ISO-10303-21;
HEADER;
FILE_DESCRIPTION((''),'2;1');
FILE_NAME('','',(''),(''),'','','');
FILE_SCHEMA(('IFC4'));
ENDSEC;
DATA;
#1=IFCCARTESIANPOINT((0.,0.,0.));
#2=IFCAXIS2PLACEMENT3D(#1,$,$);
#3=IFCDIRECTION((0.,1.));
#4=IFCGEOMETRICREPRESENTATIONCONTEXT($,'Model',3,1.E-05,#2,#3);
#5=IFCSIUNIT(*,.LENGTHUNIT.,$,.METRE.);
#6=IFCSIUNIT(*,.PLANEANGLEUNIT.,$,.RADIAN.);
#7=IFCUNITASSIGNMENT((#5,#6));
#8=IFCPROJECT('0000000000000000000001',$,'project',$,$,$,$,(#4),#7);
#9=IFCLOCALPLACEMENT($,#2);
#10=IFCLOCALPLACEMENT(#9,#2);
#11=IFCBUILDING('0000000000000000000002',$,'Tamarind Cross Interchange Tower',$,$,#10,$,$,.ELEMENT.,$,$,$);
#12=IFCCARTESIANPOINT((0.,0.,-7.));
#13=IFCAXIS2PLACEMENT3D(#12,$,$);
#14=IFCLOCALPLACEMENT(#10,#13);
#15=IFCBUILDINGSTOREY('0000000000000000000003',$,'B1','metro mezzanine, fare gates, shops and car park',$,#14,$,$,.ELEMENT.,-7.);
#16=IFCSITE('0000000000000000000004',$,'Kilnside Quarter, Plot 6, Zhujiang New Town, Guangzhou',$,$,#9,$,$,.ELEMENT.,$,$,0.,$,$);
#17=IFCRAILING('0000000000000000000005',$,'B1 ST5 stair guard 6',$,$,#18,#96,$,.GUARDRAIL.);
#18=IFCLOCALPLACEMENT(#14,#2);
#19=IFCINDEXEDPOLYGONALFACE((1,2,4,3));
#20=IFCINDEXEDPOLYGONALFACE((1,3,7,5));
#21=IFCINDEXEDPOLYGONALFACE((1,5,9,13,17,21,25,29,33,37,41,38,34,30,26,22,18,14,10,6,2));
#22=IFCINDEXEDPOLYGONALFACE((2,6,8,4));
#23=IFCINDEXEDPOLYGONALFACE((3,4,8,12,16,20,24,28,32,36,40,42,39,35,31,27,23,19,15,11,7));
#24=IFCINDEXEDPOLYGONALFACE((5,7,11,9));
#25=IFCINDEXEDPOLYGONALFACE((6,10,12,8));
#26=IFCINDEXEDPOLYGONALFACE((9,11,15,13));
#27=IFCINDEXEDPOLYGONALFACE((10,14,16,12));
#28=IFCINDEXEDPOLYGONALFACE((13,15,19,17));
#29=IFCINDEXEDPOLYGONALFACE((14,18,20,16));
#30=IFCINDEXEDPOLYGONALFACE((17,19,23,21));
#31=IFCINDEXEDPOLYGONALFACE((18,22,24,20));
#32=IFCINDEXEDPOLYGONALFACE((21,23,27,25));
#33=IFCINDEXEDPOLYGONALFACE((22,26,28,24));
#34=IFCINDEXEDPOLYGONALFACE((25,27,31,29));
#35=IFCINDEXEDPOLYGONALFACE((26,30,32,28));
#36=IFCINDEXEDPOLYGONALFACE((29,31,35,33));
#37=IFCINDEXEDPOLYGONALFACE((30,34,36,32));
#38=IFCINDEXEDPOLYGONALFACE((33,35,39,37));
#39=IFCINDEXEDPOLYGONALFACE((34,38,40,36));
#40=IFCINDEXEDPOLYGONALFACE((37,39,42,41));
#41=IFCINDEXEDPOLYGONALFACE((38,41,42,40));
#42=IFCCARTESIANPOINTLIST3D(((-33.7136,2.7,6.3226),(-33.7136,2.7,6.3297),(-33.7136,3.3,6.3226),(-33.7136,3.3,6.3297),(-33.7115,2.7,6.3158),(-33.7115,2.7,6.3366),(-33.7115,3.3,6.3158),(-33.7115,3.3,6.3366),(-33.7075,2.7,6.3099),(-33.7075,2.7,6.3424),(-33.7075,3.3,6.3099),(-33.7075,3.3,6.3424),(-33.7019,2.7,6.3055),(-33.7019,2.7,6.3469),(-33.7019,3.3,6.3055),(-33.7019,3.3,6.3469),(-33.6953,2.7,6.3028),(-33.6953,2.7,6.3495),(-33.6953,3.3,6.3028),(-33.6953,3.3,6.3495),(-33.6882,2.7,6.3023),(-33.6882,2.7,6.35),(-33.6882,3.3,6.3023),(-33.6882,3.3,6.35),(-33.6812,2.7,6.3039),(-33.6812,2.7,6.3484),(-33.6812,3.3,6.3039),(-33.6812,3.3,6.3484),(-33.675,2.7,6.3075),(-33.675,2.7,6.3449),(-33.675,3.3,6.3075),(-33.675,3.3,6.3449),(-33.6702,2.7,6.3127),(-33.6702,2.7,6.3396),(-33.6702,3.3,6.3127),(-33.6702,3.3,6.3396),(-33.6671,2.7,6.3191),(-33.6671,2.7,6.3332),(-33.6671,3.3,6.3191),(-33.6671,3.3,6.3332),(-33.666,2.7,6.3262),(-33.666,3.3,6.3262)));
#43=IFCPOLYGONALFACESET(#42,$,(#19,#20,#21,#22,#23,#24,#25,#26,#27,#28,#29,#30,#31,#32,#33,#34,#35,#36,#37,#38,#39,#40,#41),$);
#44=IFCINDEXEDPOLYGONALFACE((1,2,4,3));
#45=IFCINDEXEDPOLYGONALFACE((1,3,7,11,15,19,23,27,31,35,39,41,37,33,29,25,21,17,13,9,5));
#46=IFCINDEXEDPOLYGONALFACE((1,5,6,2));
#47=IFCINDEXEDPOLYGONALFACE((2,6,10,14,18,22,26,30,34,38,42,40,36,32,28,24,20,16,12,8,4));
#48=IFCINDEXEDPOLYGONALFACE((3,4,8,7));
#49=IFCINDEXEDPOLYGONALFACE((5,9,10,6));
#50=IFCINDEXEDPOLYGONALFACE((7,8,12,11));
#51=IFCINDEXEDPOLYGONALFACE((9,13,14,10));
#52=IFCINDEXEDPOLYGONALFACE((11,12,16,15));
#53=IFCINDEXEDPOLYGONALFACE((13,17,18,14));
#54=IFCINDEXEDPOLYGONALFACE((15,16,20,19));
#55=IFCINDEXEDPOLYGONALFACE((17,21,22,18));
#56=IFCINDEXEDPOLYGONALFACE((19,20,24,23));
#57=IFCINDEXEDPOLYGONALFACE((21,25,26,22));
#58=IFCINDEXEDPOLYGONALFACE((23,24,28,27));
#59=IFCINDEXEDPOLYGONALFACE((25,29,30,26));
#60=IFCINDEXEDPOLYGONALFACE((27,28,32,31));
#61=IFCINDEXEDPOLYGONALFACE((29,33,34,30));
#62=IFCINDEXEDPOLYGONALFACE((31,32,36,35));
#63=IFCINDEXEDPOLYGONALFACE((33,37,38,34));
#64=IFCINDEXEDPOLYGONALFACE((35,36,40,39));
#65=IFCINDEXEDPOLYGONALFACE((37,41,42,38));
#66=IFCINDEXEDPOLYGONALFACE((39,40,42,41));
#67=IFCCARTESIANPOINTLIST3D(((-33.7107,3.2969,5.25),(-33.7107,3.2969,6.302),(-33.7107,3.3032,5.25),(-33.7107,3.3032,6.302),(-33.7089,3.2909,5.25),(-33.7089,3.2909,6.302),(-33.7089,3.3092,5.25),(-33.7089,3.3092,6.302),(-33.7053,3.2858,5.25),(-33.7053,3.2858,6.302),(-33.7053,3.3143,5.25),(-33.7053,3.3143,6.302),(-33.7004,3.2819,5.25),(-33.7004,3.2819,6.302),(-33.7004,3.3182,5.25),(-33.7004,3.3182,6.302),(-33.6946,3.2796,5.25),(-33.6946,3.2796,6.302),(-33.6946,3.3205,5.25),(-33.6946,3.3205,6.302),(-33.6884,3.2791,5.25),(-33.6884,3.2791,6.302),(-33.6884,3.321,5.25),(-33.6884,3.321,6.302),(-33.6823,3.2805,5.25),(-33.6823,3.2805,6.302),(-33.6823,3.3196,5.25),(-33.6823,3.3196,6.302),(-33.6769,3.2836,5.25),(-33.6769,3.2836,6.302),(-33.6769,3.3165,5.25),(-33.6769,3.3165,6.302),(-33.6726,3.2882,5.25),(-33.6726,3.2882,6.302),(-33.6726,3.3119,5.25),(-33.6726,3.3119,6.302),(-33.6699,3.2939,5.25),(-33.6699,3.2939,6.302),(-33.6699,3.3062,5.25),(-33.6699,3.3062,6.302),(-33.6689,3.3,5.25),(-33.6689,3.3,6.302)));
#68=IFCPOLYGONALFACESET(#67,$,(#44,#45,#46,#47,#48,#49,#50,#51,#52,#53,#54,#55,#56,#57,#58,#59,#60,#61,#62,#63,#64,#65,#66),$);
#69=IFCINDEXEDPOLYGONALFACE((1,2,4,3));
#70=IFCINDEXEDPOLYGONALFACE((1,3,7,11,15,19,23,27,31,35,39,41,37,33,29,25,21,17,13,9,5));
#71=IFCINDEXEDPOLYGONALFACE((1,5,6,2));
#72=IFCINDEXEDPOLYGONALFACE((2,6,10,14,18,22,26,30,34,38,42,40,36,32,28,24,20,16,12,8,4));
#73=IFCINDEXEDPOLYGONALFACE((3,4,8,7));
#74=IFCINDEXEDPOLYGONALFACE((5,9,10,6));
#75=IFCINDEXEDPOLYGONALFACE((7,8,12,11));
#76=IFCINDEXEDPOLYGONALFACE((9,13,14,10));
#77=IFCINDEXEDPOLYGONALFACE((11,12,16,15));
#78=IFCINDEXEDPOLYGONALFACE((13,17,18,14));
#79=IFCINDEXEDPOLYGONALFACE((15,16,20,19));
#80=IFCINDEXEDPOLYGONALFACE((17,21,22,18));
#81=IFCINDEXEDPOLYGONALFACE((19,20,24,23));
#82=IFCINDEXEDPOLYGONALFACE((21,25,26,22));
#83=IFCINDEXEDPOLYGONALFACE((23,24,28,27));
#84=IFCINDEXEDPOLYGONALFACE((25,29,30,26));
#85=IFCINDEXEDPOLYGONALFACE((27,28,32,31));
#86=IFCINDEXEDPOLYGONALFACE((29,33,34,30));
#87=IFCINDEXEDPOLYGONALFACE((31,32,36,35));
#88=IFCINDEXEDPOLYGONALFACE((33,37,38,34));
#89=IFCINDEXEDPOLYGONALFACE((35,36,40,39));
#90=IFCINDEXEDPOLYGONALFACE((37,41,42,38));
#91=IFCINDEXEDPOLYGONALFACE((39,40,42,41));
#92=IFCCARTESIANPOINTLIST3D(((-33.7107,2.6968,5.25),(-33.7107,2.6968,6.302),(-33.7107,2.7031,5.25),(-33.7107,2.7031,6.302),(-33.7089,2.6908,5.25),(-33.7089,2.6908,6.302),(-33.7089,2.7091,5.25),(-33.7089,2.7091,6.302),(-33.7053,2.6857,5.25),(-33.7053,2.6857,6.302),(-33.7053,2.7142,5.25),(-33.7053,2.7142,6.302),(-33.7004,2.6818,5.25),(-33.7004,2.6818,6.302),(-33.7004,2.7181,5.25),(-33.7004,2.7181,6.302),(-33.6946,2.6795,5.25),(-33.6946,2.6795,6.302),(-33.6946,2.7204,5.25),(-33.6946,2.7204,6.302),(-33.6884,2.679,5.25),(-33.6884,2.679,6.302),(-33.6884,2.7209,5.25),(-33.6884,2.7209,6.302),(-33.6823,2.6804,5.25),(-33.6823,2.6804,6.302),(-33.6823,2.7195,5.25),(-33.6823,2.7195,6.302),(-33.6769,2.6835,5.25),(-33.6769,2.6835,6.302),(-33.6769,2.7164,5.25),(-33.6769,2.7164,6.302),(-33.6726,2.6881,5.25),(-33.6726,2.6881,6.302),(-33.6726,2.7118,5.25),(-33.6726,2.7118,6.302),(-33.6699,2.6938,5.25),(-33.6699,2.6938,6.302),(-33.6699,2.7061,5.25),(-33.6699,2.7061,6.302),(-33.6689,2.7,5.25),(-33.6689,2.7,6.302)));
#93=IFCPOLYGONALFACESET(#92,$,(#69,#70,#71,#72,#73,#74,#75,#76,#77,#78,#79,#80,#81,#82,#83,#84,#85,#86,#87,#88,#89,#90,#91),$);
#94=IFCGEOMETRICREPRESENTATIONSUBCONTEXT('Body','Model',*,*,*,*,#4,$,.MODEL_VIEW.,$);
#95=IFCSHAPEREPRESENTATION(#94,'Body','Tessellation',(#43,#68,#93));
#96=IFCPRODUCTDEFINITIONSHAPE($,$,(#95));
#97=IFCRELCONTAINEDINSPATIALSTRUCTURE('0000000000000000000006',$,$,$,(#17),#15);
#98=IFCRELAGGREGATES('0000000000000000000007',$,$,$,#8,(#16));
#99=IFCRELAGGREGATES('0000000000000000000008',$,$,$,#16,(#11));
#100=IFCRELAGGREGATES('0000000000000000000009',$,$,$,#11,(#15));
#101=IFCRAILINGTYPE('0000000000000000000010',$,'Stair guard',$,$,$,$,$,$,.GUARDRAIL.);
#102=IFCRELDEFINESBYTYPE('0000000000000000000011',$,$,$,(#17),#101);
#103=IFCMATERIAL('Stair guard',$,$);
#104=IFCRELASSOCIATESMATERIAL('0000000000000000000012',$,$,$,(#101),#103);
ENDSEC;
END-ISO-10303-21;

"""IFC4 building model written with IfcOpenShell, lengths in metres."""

from ifc_helpers import new_model, si_unit, direction, frame, origin, origin_2d, place, context, subcontext, project, spatial, circle, extrude, material, type_object, element, save


model = new_model("IFC4")

# Units and contexts
model_context = context("Model", 3, precision=1e-05, world=origin(), true_north=direction((0.0, 1.0)))
body_context = subcontext(model_context, "Body", "Model", "MODEL_VIEW")
ifc_project = project(units=[si_unit("LENGTHUNIT", "METRE"), si_unit("PLANEANGLEUNIT", "RADIAN")], contexts=[model_context])

# Site, building, storey
site_placement = place(None, origin())
site = spatial("IfcSite", under=ifc_project, at=site_placement, Name="Kilnside Quarter, Plot 6, Zhujiang New Town, Guangzhou", CompositionType="ELEMENT", RefElevation=0.0)
building_placement = place(site_placement, origin())
building = spatial("IfcBuilding", under=site, at=building_placement, Name="Tamarind Cross Interchange Tower", CompositionType="ELEMENT")
storey_placement = place(building_placement, frame((0.0, 0.0, -7.0)))
storey = spatial("IfcBuildingStorey", under=building, at=storey_placement, Name="B1", Description="metro mezzanine, fare gates, shops and car park", CompositionType="ELEMENT", Elevation=-7.0)

# Railing
ifc_material_1 = material(Name="Stair guard")
railing_type_1 = type_object("IfcRailingType", Name="Stair guard", PredefinedType="GUARDRAIL", material=ifc_material_1)
railing_1_placement = place(storey_placement, frame((-33.6899, 3.3, 5.25)))
element("IfcRailing", 1, at=railing_1_placement, inside=storey, type_object=railing_type_1, Name="B1 ST5 stair guard 6", PredefinedType="GUARDRAIL", context=body_context, shape_type="SweptSolid", body=[
    extrude(circle(Radius=0.0239, at=origin_2d()), frame((0.0, 0.0, 1.0762), z_axis=(0.0, -1.0, 0.0), x_axis=(1.0, 0.0, 0.0)), (0.0, 0.0, 1.0), 0.6001),
    extrude(circle(Radius=0.021, at=origin_2d()), origin(), (0.0, 0.0, 1.0), 1.052),
    extrude(circle(Radius=0.021, at=origin_2d()), frame((0.0, -0.6001, 0.0)), (0.0, 0.0, 1.0), 1.052),
])

save(model, "model.ifc")
